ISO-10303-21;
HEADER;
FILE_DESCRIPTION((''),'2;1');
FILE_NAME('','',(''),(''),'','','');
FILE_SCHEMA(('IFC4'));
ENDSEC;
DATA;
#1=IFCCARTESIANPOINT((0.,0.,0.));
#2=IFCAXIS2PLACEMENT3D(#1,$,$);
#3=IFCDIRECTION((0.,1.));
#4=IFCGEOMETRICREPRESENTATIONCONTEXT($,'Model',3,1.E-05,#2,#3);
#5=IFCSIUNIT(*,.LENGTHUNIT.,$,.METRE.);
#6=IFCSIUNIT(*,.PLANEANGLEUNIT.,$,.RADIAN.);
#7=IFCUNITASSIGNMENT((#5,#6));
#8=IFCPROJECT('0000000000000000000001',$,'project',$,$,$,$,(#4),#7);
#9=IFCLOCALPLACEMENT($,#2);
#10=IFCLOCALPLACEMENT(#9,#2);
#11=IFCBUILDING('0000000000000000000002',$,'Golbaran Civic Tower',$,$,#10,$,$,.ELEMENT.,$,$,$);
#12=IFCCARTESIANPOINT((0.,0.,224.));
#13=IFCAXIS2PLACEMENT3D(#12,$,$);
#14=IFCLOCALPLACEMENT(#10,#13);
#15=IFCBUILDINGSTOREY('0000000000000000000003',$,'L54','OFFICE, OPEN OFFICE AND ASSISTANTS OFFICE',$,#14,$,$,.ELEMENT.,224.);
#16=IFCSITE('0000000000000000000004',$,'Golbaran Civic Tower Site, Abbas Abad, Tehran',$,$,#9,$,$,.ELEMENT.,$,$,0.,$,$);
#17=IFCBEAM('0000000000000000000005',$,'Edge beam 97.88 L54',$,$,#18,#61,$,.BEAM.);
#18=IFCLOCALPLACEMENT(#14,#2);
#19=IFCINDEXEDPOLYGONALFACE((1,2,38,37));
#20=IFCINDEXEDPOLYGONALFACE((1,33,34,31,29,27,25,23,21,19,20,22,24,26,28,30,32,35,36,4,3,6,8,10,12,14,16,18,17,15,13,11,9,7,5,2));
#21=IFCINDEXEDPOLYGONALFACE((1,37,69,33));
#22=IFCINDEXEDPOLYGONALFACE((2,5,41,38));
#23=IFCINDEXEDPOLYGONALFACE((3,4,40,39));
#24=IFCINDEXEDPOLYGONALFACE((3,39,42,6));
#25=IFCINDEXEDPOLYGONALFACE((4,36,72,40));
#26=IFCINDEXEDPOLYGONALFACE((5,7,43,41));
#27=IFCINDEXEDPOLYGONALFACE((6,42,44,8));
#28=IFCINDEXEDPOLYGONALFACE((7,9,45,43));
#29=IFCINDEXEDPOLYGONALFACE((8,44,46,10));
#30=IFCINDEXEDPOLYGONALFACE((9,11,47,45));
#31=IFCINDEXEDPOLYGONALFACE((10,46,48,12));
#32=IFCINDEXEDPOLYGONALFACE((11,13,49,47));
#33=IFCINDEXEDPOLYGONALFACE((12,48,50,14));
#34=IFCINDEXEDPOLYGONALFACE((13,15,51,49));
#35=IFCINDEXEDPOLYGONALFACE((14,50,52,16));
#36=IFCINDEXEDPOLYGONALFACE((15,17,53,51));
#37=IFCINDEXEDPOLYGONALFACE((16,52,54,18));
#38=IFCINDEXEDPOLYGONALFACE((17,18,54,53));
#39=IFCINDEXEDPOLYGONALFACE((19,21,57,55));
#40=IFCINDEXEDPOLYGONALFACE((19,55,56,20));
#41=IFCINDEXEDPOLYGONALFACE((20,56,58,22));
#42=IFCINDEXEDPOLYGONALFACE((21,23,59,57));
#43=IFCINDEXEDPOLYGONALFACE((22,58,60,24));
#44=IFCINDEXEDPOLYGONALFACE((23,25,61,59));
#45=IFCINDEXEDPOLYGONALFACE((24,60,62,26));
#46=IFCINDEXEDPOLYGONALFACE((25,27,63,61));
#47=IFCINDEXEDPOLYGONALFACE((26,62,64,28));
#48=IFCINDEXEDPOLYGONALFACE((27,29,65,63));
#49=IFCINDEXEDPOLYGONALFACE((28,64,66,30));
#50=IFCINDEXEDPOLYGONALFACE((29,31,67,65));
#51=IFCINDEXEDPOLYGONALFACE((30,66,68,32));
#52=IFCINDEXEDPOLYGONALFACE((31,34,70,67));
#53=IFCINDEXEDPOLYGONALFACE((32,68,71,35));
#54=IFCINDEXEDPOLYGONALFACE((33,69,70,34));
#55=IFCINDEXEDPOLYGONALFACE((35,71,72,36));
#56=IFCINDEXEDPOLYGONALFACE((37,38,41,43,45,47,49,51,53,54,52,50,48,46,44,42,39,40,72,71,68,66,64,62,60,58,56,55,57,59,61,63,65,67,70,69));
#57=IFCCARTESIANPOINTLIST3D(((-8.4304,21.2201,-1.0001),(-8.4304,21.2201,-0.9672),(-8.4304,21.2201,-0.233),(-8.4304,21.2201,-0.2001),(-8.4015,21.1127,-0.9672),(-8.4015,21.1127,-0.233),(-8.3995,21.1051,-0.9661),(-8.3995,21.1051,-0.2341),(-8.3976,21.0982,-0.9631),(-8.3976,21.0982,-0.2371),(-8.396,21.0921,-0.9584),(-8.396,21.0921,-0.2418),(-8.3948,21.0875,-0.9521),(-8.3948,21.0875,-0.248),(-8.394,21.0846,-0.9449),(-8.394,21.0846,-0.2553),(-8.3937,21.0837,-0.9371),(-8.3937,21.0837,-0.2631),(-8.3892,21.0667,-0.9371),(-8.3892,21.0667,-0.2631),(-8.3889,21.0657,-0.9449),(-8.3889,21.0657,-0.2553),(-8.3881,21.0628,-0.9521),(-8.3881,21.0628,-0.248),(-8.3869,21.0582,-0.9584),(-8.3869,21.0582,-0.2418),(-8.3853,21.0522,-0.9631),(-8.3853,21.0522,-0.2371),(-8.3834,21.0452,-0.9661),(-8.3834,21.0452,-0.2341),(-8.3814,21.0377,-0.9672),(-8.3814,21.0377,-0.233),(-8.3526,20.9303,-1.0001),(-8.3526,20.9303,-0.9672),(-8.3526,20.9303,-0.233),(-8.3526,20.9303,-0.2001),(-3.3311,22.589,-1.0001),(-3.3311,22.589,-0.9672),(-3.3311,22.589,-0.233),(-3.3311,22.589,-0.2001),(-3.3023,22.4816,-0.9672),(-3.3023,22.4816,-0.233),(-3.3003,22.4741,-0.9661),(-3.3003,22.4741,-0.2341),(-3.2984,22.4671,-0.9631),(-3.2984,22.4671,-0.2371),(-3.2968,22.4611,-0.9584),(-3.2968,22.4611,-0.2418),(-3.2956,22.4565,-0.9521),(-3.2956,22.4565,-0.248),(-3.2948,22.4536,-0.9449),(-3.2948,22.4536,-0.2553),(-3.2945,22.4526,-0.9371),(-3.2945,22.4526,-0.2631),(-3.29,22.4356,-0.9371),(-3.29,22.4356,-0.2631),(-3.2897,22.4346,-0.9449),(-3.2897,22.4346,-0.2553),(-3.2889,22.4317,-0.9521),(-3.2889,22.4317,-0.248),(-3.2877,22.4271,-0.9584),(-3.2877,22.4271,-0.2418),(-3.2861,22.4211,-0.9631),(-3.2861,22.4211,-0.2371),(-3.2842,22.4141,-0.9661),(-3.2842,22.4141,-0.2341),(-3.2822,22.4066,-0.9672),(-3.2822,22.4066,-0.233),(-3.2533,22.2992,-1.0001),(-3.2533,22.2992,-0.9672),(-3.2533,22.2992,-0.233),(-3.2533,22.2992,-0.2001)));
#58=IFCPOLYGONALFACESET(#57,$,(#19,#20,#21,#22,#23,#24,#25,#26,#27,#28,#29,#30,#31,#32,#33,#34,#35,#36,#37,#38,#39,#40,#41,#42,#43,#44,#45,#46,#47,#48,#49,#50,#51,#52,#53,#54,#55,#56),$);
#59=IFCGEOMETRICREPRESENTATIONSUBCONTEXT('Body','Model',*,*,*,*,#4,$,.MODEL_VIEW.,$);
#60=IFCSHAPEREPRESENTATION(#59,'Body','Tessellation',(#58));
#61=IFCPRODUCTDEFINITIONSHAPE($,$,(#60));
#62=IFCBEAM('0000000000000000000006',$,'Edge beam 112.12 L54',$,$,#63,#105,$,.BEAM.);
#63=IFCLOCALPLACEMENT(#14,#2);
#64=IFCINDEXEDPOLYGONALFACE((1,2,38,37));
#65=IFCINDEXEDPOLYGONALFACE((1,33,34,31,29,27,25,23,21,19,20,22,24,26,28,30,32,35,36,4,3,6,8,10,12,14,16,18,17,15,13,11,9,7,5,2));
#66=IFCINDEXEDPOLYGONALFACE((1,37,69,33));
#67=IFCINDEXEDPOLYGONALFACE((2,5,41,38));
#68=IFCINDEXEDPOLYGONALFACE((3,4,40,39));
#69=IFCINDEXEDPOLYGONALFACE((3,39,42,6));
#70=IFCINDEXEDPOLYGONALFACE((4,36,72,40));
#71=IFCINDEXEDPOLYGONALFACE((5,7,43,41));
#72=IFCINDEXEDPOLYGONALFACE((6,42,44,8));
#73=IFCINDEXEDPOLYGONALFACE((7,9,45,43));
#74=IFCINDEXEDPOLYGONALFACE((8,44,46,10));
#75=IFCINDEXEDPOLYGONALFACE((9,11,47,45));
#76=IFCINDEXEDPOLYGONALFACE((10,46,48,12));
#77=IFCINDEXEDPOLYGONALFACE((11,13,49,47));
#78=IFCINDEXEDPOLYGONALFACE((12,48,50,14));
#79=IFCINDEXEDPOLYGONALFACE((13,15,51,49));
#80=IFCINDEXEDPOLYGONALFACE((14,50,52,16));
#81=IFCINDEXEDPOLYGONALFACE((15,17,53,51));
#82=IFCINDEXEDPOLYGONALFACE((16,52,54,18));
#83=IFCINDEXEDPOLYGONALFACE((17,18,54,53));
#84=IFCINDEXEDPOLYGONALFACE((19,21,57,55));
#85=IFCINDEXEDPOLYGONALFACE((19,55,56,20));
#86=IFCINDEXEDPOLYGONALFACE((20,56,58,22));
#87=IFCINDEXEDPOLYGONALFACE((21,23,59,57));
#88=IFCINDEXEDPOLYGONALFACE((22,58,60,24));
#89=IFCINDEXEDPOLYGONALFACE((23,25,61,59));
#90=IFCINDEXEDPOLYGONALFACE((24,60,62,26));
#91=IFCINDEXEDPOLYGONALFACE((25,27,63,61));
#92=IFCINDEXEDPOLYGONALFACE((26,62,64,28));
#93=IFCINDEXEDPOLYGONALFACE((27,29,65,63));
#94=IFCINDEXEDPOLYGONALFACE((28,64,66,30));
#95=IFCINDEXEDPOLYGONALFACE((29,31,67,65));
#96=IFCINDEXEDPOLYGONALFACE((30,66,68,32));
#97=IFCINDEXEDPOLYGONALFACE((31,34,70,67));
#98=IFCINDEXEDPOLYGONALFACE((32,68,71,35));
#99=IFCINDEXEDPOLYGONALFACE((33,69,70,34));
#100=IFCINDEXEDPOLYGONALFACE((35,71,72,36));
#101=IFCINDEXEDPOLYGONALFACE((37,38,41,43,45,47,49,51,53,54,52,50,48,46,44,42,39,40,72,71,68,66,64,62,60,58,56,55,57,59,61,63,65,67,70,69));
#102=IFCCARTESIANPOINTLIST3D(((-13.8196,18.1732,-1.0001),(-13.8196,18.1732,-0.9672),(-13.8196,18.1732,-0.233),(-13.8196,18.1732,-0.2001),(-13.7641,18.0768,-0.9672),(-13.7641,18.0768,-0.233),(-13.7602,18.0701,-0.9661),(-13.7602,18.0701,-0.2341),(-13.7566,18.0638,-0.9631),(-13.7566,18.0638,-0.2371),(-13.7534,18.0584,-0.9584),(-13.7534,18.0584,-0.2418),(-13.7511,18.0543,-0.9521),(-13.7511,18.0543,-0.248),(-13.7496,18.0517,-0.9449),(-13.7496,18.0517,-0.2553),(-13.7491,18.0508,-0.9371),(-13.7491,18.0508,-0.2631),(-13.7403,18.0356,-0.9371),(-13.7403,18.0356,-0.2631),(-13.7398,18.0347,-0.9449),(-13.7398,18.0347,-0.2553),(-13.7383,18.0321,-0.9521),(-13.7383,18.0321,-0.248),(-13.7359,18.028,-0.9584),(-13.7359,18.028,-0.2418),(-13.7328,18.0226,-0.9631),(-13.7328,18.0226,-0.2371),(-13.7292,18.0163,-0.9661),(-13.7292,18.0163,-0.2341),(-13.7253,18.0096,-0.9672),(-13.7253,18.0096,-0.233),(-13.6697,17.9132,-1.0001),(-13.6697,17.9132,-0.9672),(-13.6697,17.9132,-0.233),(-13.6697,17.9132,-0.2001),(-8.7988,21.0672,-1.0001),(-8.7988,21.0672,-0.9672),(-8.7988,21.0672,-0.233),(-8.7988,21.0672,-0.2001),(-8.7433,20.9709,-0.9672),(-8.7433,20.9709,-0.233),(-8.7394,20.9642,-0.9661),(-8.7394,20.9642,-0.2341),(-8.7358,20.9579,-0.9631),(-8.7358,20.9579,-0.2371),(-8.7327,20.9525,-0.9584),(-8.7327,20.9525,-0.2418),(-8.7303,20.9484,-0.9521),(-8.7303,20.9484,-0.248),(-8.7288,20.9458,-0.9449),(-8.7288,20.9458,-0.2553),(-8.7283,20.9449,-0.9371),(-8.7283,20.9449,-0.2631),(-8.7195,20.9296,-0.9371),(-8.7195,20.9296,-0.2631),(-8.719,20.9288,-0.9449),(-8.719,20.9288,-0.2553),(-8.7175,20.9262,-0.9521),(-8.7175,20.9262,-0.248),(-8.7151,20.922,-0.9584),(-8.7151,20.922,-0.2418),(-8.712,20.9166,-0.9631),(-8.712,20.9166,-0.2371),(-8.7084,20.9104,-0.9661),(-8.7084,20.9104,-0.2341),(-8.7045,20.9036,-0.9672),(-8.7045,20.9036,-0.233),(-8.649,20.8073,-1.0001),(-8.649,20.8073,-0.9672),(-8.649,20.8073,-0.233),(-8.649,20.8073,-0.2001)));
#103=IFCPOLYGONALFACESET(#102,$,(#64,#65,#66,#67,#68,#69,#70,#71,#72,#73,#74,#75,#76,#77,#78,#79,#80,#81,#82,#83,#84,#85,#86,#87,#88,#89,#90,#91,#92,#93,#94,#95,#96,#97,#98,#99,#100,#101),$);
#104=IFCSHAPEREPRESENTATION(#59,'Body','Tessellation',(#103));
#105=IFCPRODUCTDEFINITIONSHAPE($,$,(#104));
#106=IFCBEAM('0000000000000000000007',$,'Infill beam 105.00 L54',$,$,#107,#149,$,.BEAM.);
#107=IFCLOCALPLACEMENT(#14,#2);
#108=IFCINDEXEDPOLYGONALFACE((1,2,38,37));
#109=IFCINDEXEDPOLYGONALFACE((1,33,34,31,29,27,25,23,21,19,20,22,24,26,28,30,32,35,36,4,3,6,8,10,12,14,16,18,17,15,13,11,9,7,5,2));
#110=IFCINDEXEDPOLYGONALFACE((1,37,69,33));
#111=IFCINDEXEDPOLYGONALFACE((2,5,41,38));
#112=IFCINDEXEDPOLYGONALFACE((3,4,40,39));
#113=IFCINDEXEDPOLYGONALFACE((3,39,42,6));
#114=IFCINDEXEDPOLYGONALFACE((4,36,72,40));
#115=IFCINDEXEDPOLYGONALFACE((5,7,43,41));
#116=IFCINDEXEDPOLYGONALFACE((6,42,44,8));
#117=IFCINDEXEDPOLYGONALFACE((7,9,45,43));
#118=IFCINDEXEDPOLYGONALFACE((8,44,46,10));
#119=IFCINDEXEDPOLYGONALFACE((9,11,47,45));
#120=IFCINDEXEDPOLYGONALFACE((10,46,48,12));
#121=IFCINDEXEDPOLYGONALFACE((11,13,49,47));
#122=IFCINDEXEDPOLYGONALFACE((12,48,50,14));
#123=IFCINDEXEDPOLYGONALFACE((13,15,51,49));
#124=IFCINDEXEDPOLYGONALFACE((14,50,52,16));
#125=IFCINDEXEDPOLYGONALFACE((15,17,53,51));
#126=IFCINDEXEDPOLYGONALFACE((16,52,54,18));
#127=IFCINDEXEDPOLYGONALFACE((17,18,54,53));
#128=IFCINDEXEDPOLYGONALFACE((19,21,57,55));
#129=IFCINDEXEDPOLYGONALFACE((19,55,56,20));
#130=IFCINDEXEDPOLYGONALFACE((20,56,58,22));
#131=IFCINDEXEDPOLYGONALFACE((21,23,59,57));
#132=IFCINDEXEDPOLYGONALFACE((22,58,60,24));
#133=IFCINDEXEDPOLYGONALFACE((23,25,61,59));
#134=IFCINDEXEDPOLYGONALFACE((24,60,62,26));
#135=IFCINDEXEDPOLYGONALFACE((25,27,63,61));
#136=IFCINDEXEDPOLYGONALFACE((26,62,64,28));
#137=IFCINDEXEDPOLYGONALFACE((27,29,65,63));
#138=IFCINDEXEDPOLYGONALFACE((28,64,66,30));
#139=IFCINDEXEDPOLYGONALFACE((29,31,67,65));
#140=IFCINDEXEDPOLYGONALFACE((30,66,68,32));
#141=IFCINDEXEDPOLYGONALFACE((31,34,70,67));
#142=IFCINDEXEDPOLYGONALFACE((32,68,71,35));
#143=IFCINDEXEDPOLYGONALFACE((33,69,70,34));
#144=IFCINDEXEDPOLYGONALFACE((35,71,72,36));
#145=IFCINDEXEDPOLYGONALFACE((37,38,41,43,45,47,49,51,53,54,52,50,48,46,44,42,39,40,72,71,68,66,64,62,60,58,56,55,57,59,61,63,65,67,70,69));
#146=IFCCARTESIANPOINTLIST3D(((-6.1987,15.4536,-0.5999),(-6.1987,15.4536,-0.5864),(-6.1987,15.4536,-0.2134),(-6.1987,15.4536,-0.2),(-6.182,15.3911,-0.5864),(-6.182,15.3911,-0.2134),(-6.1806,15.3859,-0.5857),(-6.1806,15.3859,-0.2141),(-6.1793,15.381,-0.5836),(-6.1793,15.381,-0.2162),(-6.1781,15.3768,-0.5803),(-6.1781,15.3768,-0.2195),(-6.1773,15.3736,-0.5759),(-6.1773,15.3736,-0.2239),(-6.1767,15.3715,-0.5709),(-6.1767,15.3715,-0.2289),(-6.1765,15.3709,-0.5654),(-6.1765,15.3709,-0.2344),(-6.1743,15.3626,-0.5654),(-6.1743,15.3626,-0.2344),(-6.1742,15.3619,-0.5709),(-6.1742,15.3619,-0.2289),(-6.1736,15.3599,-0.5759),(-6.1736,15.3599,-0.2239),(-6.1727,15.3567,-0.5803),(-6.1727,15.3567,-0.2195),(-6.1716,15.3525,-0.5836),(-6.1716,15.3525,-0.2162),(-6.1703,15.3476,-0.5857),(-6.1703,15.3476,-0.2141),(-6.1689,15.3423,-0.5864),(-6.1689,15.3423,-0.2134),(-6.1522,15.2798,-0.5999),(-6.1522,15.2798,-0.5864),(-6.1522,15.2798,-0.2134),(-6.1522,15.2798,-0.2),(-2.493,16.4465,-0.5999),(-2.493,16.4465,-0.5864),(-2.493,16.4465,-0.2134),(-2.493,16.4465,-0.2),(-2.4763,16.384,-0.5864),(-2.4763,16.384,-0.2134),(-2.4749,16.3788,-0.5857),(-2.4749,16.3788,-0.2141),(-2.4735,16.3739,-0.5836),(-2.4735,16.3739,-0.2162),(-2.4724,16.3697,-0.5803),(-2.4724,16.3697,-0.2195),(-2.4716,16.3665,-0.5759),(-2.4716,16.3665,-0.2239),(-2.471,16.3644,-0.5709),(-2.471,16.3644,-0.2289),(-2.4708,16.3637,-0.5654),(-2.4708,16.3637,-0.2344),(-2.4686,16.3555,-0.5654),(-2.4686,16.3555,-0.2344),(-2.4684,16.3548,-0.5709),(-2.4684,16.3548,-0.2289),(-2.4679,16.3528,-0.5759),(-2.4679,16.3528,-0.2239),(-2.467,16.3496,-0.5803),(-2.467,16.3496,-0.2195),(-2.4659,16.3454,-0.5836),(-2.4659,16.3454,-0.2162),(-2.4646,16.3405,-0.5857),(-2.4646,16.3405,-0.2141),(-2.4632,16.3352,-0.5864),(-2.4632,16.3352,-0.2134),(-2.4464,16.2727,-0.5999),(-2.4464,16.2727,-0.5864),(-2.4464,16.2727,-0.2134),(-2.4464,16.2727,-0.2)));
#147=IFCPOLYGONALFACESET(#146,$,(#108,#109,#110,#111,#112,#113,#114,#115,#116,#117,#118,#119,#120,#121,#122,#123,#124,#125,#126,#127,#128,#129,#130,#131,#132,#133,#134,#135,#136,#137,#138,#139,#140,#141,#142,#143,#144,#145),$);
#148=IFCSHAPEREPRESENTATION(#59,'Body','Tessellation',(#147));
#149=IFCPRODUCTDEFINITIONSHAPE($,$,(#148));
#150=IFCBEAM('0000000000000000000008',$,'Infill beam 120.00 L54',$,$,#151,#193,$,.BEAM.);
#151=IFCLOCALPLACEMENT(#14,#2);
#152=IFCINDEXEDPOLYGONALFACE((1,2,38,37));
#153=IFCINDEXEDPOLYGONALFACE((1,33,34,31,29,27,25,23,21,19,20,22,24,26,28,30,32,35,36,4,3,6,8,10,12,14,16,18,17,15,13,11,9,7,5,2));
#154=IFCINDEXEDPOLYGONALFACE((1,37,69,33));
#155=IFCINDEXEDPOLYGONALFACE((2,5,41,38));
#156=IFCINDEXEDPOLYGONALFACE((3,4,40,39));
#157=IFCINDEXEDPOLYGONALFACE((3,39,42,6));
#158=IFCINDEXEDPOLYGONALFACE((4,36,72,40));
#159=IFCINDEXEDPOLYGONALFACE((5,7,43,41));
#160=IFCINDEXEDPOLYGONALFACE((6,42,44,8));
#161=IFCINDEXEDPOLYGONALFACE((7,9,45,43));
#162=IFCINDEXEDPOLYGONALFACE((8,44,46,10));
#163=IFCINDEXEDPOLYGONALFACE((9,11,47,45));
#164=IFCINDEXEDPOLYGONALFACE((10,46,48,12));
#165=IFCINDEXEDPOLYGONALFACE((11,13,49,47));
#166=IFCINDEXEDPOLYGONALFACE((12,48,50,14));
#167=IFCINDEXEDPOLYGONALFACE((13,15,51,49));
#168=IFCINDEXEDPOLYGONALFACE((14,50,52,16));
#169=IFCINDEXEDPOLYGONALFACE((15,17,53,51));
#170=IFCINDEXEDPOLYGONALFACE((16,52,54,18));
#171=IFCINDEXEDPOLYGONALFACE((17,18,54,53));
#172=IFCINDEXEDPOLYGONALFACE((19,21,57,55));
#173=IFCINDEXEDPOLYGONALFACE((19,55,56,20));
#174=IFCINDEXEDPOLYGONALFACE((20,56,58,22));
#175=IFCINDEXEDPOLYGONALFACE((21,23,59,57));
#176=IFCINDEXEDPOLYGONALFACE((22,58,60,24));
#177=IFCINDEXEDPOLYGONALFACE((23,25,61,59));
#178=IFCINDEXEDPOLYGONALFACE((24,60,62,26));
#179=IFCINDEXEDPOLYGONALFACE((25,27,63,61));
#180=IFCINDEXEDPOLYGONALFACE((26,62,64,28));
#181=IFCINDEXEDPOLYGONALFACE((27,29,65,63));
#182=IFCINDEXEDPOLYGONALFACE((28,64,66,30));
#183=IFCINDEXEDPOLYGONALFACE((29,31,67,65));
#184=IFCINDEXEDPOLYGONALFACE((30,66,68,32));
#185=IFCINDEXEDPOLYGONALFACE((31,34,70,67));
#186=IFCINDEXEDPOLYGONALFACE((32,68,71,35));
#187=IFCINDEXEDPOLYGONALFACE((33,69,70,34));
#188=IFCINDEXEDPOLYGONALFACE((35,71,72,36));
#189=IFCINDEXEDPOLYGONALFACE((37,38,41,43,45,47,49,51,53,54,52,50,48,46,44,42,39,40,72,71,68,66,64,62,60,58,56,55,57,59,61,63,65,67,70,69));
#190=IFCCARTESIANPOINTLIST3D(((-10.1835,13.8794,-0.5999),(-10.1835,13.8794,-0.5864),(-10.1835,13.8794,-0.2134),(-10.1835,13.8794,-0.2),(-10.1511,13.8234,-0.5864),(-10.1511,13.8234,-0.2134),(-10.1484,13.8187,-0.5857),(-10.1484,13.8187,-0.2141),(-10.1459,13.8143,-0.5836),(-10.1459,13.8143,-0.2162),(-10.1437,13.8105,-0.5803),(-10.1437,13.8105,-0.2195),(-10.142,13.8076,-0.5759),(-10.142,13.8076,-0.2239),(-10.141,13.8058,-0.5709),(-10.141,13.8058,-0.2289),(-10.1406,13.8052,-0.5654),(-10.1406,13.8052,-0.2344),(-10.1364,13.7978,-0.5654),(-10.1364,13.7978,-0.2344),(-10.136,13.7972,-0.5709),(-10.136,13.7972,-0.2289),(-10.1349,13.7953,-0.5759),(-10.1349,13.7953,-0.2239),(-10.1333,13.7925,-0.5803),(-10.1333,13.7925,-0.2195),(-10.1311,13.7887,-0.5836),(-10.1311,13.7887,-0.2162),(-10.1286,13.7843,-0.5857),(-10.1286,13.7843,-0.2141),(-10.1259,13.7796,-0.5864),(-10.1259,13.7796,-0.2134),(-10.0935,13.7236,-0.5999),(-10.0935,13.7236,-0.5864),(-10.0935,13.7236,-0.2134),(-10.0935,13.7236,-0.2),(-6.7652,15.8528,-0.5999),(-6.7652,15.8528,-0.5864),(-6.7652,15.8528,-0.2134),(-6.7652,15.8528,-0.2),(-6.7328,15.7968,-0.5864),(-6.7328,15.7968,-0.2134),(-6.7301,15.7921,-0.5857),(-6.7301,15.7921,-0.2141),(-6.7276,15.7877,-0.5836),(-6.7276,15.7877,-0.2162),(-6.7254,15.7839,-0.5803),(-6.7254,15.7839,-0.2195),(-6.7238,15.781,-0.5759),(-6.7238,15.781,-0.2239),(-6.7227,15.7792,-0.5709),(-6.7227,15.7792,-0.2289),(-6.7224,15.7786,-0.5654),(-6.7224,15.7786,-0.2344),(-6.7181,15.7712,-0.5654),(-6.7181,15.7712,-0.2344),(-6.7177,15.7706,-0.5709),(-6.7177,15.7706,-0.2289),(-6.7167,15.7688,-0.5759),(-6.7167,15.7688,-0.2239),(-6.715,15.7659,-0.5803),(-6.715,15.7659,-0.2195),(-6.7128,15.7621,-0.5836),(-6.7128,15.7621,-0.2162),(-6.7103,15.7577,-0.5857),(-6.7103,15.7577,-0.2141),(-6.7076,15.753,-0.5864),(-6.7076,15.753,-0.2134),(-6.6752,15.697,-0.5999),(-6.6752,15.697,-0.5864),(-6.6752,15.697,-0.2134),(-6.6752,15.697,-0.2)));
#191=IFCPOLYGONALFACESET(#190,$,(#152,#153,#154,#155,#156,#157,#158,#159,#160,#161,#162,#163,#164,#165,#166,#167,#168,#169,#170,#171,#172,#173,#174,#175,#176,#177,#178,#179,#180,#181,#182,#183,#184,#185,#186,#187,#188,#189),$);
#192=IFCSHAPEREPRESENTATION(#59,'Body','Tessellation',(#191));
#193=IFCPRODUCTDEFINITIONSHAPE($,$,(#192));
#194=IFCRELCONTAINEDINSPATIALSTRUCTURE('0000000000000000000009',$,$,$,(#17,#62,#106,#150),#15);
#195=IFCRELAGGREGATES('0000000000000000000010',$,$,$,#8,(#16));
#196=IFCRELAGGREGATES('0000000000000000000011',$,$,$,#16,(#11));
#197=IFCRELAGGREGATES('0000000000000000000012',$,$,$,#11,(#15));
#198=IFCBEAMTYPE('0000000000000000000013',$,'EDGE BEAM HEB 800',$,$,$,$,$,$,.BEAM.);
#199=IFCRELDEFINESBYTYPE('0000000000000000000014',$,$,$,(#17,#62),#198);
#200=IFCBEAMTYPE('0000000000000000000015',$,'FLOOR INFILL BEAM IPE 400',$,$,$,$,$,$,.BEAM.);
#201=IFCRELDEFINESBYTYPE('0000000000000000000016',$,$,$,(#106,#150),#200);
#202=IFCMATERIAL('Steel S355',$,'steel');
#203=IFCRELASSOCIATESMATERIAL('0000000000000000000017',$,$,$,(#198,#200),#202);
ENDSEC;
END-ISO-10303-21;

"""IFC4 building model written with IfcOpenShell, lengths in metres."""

from ifc_helpers import new_model, si_unit, direction, frame, origin, origin_2d, place, context, subcontext, project, spatial, i_section, extrude, material, material_profile, profile_set, type_object, element, save


model = new_model("IFC4")

# Units and contexts
model_context = context("Model", 3, precision=1e-05, world=origin(), true_north=direction((0.0, 1.0)))
body_context = subcontext(model_context, "Body", "Model", "MODEL_VIEW")
ifc_project = project(units=[si_unit("LENGTHUNIT", "METRE"), si_unit("PLANEANGLEUNIT", "RADIAN")], contexts=[model_context])

# Site, building, storey
site_placement = place(None, origin())
site = spatial("IfcSite", under=ifc_project, at=site_placement, Name="Golbaran Civic Tower Site, Abbas Abad, Tehran", CompositionType="ELEMENT", RefElevation=0.0)
building_placement = place(site_placement, origin())
building = spatial("IfcBuilding", under=site, at=building_placement, Name="Golbaran Civic Tower", CompositionType="ELEMENT")
storey_placement = place(building_placement, frame((0.0, 0.0, 224.0)))
storey = spatial("IfcBuildingStorey", under=building, at=storey_placement, Name="L54", Description="OFFICE, OPEN OFFICE AND ASSISTANTS OFFICE", CompositionType="ELEMENT", Elevation=224.0)

# Beams
ifc_material_1 = material(Name="Steel S355", Category="steel")
ifc_material_profile_1 = material_profile(ifc_material_1, i_section(OverallWidth=0.3, OverallDepth=0.8, WebThickness=0.0176, FlangeThickness=0.033, FilletRadius=0.03, at=origin_2d()), Name="HEB 800")
ifc_profile_set_1 = profile_set([ifc_material_profile_1], Name="Steel S355")
beam_type_1 = type_object("IfcBeamType", Name="EDGE BEAM HEB 800", PredefinedType="BEAM", material=ifc_profile_set_1)
beam_1_placement = place(storey_placement, frame((-3.2922, 22.4441, -0.6001), z_axis=(-0.965803, -0.259277, 0.0), x_axis=(0.259277, -0.965803, 0.0)))
element("IfcBeam", 1, at=beam_1_placement, inside=storey, type_object=beam_type_1, Name="Edge beam 97.88 L54", PredefinedType="BEAM", context=body_context, shape_type="SweptSolid", body=[
    extrude(i_section(OverallWidth=0.3, OverallDepth=0.8, WebThickness=0.0176, FlangeThickness=0.033, FilletRadius=0.03, at=origin_2d()), origin(), (0.0, 0.0, 1.0), 5.2798),
])
beam_2_placement = place(storey_placement, frame((-8.7239, 20.9373, -0.6001), z_axis=(-0.866376, -0.499393, 0.0), x_axis=(0.499393, -0.866376, 0.0)))
element("IfcBeam", 2, at=beam_2_placement, inside=storey, type_object=beam_type_1, Name="Edge beam 112.12 L54", PredefinedType="BEAM", context=body_context, shape_type="SweptSolid", body=[
    extrude(i_section(OverallWidth=0.3, OverallDepth=0.8, WebThickness=0.0176, FlangeThickness=0.033, FilletRadius=0.03, at=origin_2d()), origin(), (0.0, 0.0, 1.0), 5.7952),
])
ifc_material_profile_2 = material_profile(ifc_material_1, i_section(OverallWidth=0.1799, OverallDepth=0.3999, WebThickness=0.0085, FlangeThickness=0.0134, FilletRadius=0.021, at=origin_2d()), Name="IPE 400")
ifc_profile_set_2 = profile_set([ifc_material_profile_2], Name="Steel S355")
beam_type_2 = type_object("IfcBeamType", Name="FLOOR INFILL BEAM IPE 400", PredefinedType="BEAM", material=ifc_profile_set_2)
beam_3_placement = place(storey_placement, frame((-2.4697, 16.3596, -0.3999), z_axis=(-0.965929, -0.258807, 0.0), x_axis=(0.258807, -0.965929, 0.0)))
element("IfcBeam", 3, at=beam_3_placement, inside=storey, type_object=beam_type_2, Name="Infill beam 105.00 L54", PredefinedType="BEAM", context=body_context, shape_type="SweptSolid", body=[
    extrude(i_section(OverallWidth=0.1799, OverallDepth=0.3999, WebThickness=0.0085, FlangeThickness=0.0134, FilletRadius=0.021, at=origin_2d()), origin(), (0.0, 0.0, 1.0), 3.8364),
])
beam_4_placement = place(storey_placement, frame((-6.7202, 15.7749, -0.3999), z_axis=(-0.866038, -0.499978, 0.0), x_axis=(0.499978, -0.866038, 0.0)))
element("IfcBeam", 4, at=beam_4_placement, inside=storey, type_object=beam_type_2, Name="Infill beam 120.00 L54", PredefinedType="BEAM", context=body_context, shape_type="SweptSolid", body=[
    extrude(i_section(OverallWidth=0.1799, OverallDepth=0.3999, WebThickness=0.0085, FlangeThickness=0.0134, FilletRadius=0.021, at=origin_2d()), origin(), (0.0, 0.0, 1.0), 3.947),
])

save(model, "model.ifc")
